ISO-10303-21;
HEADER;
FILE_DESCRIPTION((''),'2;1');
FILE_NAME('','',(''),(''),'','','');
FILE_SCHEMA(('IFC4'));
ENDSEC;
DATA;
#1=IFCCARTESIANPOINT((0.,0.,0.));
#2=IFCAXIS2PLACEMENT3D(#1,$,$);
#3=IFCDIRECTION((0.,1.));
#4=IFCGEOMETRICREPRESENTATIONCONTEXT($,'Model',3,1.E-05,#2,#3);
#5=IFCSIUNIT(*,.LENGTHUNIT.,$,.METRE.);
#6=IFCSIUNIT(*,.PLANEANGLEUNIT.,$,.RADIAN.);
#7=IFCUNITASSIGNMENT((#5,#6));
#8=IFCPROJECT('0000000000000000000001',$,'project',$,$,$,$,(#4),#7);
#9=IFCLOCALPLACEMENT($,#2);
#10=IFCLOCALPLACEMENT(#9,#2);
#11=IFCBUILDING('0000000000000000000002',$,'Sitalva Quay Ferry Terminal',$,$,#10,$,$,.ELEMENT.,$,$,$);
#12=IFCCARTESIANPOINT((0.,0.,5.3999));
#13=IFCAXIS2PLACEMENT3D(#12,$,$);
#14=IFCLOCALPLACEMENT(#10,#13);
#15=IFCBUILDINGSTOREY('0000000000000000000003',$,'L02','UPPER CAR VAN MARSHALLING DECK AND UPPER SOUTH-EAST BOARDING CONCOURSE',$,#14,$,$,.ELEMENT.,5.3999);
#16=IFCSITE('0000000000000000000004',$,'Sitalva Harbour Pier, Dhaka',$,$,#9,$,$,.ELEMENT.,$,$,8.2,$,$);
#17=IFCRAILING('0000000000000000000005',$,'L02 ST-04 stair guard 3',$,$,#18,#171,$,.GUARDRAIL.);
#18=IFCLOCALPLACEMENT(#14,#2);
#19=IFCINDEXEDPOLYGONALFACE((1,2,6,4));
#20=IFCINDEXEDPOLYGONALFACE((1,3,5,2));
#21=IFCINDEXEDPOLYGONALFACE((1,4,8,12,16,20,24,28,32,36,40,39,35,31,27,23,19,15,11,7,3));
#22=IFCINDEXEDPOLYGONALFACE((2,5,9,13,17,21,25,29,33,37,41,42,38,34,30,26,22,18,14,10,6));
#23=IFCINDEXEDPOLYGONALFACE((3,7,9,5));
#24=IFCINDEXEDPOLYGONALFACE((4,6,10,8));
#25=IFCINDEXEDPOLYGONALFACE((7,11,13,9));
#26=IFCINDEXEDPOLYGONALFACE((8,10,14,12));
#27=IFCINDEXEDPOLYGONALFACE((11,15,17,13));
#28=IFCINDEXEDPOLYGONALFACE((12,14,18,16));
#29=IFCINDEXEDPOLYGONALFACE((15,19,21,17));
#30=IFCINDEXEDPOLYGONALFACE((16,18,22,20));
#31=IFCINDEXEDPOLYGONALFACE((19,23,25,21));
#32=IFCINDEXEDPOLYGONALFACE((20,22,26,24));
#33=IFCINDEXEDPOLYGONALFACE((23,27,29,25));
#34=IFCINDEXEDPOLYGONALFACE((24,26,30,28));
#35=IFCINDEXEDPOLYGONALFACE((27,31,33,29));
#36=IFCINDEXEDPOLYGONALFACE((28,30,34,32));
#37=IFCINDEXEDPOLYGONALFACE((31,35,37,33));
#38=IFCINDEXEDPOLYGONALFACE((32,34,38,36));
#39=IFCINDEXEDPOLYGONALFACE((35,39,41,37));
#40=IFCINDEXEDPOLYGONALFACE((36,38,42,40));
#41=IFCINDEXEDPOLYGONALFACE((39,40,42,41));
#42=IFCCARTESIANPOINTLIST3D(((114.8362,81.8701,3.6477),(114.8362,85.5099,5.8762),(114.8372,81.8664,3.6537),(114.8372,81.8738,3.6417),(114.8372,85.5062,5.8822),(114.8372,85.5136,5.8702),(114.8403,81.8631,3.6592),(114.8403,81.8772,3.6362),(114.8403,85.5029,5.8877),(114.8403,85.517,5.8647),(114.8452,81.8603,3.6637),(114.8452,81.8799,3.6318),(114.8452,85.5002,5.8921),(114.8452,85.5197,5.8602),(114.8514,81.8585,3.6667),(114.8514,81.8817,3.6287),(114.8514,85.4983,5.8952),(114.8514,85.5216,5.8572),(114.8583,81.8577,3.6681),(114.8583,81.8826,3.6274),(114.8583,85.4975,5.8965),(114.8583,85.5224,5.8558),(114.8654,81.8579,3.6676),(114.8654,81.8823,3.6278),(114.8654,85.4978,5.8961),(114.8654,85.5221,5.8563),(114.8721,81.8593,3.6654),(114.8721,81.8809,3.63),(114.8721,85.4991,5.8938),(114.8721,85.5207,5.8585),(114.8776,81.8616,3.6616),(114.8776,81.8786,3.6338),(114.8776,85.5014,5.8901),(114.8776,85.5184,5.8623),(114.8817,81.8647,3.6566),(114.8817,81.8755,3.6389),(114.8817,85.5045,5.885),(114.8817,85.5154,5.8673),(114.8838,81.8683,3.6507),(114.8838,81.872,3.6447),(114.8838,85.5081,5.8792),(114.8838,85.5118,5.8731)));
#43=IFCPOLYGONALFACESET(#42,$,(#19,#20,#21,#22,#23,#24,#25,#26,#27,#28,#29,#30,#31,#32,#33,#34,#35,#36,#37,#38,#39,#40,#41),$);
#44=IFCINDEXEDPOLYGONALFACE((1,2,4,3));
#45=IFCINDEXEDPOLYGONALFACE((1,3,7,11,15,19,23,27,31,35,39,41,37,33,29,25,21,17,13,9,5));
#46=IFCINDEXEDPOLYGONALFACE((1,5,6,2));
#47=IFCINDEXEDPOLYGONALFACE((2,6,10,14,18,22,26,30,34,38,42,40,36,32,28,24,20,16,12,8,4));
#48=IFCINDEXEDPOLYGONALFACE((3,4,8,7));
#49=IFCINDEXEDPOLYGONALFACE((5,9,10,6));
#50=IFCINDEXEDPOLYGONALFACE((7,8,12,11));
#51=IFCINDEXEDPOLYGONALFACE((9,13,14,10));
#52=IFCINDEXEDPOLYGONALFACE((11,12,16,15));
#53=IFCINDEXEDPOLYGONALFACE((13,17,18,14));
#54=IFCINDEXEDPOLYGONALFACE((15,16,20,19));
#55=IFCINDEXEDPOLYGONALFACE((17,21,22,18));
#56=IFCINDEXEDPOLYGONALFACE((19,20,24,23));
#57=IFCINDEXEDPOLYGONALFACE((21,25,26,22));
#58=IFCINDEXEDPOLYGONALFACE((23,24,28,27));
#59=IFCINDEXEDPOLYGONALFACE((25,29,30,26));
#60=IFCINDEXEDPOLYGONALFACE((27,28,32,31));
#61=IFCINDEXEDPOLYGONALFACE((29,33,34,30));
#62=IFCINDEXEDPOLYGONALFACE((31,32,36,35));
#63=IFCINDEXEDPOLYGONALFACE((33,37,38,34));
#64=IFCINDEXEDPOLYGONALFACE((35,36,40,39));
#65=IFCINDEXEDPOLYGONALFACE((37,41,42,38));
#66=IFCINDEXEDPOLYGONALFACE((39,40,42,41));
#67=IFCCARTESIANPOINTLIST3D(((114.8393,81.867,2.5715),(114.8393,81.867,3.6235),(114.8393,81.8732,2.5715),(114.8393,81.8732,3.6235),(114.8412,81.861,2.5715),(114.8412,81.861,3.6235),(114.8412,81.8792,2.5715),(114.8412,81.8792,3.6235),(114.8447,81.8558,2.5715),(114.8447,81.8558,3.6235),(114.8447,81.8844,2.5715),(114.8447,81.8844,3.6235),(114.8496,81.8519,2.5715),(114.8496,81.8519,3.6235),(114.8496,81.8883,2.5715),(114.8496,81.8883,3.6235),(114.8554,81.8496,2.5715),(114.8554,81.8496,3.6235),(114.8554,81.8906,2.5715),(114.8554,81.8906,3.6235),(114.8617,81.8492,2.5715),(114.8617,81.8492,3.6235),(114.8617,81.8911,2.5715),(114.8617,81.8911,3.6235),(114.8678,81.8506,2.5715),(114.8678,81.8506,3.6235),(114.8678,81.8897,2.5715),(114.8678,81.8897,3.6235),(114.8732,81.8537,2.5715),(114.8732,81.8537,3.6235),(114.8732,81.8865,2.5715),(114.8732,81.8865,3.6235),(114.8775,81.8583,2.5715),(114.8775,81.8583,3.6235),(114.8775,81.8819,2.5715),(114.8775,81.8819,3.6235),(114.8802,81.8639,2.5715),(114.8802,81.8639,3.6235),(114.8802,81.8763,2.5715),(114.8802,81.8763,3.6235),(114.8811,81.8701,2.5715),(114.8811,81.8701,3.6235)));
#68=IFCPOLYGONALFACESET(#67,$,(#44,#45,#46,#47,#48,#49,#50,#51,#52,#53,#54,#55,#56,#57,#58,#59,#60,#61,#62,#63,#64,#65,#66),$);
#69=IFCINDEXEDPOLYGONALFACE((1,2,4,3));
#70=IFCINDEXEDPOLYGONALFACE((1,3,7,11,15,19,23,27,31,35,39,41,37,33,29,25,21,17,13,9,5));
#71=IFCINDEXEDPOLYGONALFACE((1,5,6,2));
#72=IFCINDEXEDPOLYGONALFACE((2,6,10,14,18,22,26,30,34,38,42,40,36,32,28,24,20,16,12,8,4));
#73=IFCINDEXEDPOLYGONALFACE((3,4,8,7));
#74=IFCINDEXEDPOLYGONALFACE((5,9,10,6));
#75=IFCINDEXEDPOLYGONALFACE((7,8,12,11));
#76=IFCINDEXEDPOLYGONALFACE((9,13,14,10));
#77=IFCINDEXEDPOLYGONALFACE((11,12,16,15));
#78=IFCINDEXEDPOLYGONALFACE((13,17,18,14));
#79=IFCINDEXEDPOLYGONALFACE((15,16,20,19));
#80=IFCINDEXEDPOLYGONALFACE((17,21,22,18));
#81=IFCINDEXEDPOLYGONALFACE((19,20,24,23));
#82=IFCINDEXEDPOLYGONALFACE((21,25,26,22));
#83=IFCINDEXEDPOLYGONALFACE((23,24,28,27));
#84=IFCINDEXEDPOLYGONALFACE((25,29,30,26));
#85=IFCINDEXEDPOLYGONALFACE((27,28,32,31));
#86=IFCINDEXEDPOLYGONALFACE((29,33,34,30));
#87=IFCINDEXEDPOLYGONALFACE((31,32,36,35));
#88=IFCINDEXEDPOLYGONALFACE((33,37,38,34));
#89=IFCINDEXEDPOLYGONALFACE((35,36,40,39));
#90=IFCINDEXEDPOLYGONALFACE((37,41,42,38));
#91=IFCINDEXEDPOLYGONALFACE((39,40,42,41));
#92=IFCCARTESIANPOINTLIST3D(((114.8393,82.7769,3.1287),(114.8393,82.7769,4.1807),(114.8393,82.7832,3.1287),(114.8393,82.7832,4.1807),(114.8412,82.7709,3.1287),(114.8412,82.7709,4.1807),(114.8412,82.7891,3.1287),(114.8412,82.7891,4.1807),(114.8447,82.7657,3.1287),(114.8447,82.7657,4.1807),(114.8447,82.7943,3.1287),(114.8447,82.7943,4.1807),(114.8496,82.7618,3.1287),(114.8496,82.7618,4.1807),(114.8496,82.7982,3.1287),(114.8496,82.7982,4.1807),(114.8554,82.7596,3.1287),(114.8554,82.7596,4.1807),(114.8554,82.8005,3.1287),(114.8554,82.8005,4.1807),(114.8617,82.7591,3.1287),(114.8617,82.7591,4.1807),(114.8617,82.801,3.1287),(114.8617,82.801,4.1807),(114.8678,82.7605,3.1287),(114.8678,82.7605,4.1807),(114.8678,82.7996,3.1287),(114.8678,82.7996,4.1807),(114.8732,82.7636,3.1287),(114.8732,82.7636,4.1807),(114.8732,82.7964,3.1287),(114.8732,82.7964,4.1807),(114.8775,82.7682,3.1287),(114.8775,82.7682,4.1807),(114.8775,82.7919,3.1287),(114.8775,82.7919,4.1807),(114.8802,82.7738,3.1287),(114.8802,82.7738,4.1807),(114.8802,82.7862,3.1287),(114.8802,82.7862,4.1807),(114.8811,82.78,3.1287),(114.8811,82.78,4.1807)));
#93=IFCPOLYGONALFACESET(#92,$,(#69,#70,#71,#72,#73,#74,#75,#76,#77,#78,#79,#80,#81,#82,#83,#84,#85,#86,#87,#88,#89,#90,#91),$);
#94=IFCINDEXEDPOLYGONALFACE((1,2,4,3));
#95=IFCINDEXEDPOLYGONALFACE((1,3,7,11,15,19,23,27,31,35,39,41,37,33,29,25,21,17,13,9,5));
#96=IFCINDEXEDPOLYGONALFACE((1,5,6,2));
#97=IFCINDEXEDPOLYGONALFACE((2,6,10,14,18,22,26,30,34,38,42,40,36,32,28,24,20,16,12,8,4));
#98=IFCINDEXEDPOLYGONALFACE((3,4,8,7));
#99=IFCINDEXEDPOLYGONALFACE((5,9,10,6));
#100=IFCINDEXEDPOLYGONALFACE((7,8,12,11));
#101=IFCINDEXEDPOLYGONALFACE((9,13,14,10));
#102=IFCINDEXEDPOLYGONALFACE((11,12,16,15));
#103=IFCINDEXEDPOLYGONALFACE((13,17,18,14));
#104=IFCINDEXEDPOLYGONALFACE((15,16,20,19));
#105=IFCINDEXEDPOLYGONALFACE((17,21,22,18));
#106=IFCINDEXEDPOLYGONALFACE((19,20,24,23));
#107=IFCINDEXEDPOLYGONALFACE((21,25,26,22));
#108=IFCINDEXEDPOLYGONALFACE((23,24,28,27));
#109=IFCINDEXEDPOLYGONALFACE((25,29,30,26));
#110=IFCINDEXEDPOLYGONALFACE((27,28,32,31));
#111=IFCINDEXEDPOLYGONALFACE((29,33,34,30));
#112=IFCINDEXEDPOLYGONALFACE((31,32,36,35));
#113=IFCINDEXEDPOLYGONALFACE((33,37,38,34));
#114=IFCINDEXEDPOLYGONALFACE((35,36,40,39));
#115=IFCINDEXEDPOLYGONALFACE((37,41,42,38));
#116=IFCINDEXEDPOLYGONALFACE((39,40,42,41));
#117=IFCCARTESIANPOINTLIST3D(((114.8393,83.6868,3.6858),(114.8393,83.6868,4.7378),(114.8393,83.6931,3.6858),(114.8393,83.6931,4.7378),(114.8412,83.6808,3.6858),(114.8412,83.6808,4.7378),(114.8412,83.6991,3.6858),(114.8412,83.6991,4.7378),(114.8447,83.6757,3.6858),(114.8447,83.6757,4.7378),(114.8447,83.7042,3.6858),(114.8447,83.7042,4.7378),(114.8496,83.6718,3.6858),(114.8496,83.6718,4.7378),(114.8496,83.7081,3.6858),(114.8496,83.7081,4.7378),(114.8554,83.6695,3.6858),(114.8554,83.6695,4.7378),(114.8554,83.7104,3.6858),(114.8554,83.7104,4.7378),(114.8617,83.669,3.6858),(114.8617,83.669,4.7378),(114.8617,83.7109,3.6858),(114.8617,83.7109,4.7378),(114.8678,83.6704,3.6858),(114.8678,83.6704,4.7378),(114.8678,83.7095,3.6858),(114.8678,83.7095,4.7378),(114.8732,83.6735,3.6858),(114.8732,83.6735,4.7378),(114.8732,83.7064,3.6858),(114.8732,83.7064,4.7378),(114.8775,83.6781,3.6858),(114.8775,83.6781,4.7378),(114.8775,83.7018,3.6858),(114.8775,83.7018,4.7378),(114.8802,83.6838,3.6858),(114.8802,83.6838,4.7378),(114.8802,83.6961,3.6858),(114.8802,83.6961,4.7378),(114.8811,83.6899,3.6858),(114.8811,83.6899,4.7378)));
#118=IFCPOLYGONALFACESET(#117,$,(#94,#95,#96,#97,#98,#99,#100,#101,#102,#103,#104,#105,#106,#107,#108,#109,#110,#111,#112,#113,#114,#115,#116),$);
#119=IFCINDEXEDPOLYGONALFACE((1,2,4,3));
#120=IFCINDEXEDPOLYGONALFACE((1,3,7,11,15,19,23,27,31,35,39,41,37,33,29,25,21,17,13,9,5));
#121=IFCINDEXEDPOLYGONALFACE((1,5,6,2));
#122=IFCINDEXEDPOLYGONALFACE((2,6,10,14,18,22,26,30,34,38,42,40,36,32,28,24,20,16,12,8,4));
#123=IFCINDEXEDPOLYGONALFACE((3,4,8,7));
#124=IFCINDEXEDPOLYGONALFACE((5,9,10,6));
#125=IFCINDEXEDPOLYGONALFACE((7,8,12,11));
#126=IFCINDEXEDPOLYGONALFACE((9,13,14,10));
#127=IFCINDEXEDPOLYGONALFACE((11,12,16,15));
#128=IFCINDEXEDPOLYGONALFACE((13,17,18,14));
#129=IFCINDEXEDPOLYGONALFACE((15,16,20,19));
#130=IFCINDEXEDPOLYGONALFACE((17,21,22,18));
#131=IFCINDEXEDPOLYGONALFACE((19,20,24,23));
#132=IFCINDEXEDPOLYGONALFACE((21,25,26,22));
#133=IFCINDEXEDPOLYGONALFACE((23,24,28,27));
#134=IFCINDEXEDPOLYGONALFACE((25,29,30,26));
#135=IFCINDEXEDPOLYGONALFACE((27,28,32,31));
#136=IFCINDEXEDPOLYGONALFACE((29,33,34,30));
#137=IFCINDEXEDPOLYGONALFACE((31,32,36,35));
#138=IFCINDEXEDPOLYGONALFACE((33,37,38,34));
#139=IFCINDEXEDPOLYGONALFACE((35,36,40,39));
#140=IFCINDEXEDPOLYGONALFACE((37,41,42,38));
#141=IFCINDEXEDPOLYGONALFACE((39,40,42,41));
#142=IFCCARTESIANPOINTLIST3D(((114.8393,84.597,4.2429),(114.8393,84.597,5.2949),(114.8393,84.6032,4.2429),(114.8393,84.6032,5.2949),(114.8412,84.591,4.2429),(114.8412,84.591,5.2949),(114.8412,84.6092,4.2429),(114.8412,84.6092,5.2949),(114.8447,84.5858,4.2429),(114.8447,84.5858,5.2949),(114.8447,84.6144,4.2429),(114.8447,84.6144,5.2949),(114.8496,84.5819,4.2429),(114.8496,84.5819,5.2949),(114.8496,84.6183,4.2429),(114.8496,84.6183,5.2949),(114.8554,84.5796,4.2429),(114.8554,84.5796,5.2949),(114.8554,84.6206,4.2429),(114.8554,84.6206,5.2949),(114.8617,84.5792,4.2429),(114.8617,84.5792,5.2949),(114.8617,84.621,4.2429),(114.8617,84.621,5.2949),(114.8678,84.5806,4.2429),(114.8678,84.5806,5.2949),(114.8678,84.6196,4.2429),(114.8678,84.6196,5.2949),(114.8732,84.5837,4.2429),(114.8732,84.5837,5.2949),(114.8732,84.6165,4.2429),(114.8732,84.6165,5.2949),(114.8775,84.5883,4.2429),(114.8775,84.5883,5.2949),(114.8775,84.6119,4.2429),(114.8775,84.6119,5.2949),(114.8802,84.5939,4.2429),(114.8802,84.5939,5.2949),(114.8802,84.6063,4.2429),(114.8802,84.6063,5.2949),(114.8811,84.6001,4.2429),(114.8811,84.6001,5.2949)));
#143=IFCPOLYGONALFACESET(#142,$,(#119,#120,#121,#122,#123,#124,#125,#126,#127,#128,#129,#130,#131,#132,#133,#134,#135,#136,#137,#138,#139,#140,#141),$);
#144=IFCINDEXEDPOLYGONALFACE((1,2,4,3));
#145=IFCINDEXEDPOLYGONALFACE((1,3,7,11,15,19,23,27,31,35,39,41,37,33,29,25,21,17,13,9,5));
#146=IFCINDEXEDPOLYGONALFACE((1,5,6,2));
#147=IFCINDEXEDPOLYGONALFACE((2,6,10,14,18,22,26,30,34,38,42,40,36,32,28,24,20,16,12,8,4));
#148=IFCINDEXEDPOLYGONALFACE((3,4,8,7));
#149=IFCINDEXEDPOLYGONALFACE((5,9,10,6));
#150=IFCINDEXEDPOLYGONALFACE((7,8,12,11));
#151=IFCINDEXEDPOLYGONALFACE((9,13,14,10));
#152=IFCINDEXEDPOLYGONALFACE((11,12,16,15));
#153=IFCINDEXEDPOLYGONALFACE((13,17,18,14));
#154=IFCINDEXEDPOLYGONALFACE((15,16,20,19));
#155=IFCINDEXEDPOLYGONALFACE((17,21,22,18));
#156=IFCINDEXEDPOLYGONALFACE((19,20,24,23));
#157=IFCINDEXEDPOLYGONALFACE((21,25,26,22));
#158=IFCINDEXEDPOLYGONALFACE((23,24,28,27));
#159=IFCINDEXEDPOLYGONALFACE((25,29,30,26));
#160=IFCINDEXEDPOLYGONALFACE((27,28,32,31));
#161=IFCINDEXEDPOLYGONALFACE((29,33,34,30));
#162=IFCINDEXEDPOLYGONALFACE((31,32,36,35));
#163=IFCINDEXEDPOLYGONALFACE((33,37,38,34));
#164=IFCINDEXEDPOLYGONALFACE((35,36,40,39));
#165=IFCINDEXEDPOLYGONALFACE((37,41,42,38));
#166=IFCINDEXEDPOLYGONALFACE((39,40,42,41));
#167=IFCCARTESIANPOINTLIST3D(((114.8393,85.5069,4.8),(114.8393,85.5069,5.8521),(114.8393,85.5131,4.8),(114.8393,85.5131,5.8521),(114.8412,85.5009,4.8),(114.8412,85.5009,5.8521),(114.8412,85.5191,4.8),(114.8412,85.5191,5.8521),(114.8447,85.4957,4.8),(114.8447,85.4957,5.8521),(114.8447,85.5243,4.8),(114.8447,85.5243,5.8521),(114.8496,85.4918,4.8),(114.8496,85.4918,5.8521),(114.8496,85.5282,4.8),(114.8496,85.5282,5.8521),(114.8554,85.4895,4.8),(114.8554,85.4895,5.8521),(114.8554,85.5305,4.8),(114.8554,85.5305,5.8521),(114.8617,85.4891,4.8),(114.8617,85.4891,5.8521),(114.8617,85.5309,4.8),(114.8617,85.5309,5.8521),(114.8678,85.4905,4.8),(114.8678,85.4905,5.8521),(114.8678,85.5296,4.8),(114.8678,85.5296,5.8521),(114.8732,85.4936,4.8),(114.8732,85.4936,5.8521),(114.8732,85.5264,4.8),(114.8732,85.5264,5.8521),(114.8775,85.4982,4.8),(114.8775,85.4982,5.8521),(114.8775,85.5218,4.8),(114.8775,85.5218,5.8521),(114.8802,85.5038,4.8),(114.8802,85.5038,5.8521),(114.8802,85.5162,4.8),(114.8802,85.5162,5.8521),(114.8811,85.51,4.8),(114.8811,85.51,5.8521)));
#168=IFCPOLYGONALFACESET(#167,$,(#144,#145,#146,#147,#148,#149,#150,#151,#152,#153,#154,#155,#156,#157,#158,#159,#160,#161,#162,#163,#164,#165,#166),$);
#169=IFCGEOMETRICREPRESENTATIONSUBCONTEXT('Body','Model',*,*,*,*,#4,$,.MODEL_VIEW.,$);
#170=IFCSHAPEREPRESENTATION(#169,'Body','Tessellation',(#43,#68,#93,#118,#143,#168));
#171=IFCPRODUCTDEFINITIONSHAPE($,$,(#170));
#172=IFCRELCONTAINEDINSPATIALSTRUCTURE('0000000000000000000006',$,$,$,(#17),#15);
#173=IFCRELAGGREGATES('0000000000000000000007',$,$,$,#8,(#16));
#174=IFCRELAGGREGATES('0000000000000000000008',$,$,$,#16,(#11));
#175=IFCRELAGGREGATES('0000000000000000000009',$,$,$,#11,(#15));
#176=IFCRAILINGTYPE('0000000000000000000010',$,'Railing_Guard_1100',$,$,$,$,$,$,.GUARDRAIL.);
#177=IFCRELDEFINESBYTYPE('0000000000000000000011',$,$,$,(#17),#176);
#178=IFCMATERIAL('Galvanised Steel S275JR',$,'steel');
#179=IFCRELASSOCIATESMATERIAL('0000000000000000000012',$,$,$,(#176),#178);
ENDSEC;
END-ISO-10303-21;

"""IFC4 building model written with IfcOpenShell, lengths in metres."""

from ifc_helpers import new_model, si_unit, direction, frame, origin, origin_2d, place, context, subcontext, project, spatial, circle, extrude, material, type_object, element, save


model = new_model("IFC4")

# Units and contexts
model_context = context("Model", 3, precision=1e-05, world=origin(), true_north=direction((0.0, 1.0)))
body_context = subcontext(model_context, "Body", "Model", "MODEL_VIEW")
ifc_project = project(units=[si_unit("LENGTHUNIT", "METRE"), si_unit("PLANEANGLEUNIT", "RADIAN")], contexts=[model_context])

# Site, building, storey
site_placement = place(None, origin())
site = spatial("IfcSite", under=ifc_project, at=site_placement, Name="Sitalva Harbour Pier, Dhaka", CompositionType="ELEMENT", RefElevation=8.2)
building_placement = place(site_placement, origin())
building = spatial("IfcBuilding", under=site, at=building_placement, Name="Sitalva Quay Ferry Terminal", CompositionType="ELEMENT")
storey_placement = place(building_placement, frame((0.0, 0.0, 5.3999)))
storey = spatial("IfcBuildingStorey", under=building, at=storey_placement, Name="L02", Description="UPPER CAR VAN MARSHALLING DECK AND UPPER SOUTH-EAST BOARDING CONCOURSE", CompositionType="ELEMENT", Elevation=5.3999)

# Railing
ifc_material_1 = material(Name="Galvanised Steel S275JR", Category="steel")
railing_type_1 = type_object("IfcRailingType", Name="Railing_Guard_1100", PredefinedType="GUARDRAIL", material=ifc_material_1)
railing_1_placement = place(storey_placement, frame((114.8601, 81.8701, 2.5715)))
element("IfcRailing", 1, at=railing_1_placement, inside=storey, type_object=railing_type_1, Name="L02 ST-04 stair guard 3", PredefinedType="GUARDRAIL", context=body_context, shape_type="SweptSolid", body=[
    extrude(circle(Radius=0.0239, at=origin_2d()), frame((0.0, 0.0, 1.0762), z_axis=(0.0, 0.85285, 0.522156), x_axis=(-1.0, 0.0, 0.0)), (0.0, 0.0, 1.0), 4.2678),
    extrude(circle(Radius=0.021, at=origin_2d()), origin(), (0.0, 0.0, 1.0), 1.052),
    extrude(circle(Radius=0.021, at=origin_2d()), frame((0.0, 0.9099, 0.5571)), (0.0, 0.0, 1.0), 1.052),
    extrude(circle(Radius=0.021, at=origin_2d()), frame((0.0, 1.8198, 1.1143)), (0.0, 0.0, 1.0), 1.052),
    extrude(circle(Radius=0.021, at=origin_2d()), frame((0.0, 2.73, 1.6714)), (0.0, 0.0, 1.0), 1.052),
    extrude(circle(Radius=0.021, at=origin_2d()), frame((0.0, 3.6399, 2.2285)), (0.0, 0.0, 1.0), 1.052),
])

save(model, "model.ifc")
